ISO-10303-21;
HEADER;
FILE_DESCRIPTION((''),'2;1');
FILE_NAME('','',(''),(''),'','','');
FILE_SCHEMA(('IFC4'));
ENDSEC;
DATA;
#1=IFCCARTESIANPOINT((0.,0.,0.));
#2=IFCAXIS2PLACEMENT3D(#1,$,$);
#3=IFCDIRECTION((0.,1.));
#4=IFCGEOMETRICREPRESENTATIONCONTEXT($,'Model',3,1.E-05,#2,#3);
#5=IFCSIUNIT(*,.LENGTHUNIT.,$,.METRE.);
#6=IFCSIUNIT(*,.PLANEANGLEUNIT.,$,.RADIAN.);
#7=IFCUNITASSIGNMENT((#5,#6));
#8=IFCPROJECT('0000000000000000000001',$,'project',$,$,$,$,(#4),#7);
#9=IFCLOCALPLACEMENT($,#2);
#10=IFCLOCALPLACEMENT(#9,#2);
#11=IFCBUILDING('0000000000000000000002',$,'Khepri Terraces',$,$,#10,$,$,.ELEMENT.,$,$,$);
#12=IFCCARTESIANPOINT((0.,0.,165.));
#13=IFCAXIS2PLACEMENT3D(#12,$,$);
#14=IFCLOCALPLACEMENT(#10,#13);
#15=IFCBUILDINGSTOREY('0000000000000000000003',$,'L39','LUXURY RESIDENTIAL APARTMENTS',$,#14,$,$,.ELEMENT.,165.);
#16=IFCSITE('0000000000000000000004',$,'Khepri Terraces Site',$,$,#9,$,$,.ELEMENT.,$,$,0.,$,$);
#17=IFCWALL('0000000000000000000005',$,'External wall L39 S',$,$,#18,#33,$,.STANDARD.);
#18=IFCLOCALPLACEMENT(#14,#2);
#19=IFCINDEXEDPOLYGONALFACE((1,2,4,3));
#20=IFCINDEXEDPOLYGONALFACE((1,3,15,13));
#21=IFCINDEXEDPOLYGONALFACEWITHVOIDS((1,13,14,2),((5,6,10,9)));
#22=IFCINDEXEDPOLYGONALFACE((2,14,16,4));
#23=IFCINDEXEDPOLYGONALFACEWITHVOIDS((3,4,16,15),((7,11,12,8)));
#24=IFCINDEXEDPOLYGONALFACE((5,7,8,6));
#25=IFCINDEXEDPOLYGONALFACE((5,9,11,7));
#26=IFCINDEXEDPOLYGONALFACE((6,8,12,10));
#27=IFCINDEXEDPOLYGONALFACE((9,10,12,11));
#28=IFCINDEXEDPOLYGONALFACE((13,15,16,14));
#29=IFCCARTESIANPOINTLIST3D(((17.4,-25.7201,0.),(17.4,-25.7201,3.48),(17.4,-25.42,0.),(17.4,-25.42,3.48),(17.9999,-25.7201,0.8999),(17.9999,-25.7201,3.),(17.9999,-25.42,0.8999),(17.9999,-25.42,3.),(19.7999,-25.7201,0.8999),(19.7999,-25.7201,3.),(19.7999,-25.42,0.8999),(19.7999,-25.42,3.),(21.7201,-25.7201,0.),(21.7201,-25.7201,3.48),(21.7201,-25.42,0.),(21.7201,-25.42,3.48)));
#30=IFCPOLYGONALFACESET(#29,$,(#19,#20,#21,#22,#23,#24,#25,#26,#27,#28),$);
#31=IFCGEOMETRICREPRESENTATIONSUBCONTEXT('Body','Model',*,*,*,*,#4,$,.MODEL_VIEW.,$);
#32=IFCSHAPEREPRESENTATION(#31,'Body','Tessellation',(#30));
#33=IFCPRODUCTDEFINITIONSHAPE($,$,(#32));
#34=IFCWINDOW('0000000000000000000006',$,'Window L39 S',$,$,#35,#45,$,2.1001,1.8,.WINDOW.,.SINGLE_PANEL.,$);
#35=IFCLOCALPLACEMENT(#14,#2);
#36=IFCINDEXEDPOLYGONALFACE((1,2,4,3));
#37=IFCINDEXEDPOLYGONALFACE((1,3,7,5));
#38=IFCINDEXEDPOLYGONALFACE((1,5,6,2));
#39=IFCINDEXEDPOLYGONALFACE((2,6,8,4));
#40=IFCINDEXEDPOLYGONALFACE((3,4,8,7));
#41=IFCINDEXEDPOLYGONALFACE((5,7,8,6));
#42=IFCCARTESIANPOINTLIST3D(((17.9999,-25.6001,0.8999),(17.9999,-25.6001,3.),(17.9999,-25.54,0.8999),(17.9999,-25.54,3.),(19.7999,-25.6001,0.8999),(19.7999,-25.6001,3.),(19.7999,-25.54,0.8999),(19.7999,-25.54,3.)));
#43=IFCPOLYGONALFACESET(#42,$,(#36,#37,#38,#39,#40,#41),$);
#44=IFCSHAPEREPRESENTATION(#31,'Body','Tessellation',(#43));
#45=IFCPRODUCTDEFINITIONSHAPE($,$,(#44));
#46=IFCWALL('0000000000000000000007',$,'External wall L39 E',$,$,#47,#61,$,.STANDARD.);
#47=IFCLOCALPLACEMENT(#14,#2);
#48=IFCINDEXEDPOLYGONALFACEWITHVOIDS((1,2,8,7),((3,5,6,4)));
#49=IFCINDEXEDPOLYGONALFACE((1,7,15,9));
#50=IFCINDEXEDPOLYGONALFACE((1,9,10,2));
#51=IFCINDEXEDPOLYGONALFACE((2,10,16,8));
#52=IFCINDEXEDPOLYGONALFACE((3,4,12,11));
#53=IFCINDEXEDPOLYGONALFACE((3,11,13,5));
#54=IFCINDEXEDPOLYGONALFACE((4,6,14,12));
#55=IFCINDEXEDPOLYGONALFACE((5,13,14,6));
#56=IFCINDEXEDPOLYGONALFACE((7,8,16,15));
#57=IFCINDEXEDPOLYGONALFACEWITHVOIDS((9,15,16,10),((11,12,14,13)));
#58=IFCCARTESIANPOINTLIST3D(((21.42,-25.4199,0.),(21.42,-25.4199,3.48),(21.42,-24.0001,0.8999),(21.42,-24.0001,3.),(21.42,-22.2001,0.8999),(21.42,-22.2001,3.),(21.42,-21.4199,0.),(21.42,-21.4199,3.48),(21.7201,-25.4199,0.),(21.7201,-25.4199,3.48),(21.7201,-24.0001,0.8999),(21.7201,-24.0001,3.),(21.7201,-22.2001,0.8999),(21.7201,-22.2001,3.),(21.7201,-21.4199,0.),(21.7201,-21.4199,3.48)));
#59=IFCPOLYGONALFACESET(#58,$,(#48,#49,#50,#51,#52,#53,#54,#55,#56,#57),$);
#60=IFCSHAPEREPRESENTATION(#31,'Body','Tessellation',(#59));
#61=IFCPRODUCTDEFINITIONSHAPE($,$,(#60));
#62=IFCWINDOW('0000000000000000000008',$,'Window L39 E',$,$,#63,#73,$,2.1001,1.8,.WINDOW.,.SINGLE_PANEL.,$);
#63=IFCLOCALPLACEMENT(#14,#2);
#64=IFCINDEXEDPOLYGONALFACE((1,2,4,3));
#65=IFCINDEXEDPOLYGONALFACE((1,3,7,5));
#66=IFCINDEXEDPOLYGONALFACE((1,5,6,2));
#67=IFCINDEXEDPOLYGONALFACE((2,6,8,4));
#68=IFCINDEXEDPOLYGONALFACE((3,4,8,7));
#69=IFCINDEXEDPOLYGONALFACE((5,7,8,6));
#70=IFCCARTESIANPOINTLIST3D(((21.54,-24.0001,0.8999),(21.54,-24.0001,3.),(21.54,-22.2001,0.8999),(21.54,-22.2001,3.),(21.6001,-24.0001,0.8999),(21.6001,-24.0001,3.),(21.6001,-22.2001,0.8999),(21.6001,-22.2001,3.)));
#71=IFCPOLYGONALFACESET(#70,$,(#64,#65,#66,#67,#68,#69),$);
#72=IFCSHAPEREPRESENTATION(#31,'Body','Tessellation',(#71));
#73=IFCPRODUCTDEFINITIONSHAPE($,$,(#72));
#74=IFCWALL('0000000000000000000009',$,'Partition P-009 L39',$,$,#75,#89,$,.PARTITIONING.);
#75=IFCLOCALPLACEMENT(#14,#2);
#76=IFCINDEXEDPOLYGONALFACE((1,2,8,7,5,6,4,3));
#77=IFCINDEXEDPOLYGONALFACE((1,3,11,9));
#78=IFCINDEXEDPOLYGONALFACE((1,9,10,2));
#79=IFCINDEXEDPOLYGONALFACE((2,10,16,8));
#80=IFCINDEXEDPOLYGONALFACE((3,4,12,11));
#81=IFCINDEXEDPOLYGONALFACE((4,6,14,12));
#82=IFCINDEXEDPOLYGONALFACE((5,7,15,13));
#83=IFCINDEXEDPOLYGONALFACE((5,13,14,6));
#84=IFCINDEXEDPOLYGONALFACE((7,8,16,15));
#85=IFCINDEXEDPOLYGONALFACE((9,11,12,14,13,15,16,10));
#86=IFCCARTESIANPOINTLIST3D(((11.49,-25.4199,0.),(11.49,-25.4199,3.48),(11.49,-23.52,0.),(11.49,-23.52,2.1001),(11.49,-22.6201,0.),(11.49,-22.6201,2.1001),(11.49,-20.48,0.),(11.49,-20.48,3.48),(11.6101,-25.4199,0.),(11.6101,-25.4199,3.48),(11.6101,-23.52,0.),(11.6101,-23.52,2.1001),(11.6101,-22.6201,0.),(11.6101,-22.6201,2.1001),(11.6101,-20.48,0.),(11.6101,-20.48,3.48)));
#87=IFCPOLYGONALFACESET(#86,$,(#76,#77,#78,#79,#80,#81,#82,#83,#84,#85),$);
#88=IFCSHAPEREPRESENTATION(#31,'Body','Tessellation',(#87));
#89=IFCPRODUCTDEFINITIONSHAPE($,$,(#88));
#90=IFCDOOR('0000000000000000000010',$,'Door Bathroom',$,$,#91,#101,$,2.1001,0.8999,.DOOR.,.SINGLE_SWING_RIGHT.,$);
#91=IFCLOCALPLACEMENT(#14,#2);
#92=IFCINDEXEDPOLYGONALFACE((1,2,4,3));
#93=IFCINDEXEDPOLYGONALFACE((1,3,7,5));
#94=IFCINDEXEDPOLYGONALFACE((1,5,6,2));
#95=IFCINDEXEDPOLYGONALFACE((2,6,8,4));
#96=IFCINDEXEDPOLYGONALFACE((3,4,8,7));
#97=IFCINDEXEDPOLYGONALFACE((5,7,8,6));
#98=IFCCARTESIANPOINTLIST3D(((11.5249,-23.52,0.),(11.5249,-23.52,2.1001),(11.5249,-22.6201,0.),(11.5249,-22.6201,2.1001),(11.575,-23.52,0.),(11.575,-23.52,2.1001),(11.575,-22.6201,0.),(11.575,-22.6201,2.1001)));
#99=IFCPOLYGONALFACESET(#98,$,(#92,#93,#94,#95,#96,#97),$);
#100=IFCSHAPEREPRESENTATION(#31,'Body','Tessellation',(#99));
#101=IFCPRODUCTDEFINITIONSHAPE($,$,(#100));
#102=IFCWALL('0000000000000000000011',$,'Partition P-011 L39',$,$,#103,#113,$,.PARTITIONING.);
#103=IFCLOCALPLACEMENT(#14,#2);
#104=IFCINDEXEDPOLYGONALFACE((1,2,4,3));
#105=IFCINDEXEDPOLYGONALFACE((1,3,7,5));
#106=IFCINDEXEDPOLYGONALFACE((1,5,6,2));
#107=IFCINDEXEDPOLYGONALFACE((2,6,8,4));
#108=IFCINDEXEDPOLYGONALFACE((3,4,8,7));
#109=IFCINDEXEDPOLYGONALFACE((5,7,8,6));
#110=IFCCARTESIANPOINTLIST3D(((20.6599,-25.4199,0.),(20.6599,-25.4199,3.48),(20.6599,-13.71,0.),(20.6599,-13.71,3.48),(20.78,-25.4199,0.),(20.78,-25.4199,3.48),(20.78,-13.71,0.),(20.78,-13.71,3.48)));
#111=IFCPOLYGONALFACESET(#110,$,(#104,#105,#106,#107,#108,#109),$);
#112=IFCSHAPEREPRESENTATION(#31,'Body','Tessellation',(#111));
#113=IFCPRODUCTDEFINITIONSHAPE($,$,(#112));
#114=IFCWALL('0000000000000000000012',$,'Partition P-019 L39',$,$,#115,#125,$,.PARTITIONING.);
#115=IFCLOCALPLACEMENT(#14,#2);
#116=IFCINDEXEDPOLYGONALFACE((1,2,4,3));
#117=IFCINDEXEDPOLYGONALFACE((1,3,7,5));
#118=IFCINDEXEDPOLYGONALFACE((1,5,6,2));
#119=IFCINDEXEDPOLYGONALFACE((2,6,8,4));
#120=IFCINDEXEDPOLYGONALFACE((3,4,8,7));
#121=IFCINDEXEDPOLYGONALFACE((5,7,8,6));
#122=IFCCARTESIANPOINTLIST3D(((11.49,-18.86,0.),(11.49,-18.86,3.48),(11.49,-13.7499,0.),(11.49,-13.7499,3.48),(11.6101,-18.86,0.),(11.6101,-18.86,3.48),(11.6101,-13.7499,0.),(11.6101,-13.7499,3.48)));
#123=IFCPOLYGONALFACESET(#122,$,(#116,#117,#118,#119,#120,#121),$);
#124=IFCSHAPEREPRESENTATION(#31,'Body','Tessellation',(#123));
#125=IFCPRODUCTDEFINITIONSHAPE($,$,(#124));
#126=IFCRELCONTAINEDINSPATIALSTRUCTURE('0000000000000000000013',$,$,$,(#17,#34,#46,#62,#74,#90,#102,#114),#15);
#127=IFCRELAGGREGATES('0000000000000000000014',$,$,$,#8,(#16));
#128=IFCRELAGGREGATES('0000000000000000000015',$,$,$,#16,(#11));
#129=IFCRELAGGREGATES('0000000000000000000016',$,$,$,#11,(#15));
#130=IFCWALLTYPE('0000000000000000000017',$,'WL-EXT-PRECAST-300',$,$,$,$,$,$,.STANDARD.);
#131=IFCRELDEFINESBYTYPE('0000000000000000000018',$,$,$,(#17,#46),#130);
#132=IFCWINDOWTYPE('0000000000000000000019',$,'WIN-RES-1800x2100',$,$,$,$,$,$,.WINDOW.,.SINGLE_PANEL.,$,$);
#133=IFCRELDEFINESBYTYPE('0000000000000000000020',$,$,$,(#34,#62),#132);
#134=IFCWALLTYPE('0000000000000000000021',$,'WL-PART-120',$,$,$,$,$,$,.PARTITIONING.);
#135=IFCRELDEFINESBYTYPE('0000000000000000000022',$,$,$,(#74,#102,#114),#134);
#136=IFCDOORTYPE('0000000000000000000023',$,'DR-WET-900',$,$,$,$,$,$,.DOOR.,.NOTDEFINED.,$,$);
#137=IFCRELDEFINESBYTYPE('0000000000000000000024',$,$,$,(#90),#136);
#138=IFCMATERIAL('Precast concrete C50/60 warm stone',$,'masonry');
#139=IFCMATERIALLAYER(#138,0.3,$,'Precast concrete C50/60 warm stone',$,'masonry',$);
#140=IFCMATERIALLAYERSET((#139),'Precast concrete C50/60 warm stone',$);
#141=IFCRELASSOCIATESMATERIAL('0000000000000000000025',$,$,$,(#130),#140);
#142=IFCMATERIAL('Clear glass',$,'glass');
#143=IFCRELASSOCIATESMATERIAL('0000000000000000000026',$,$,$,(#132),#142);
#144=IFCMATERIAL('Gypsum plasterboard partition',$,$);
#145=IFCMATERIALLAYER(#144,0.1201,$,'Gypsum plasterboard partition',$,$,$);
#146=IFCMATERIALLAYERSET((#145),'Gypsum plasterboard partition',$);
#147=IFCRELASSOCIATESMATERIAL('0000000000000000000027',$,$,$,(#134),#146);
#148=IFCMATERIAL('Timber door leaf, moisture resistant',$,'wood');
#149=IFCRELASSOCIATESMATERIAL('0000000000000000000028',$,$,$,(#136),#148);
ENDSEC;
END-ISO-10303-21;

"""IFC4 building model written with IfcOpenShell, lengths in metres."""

from ifc_helpers import new_model, si_unit, direction, frame, frame_2d, origin, place, context, subcontext, project, spatial, rectangle, extrude, material, layer, layer_set, type_object, element, fill, save


model = new_model("IFC4")

# Units and contexts
model_context = context("Model", 3, precision=1e-05, world=origin(), true_north=direction((0.0, 1.0)))
body_context = subcontext(model_context, "Body", "Model", "MODEL_VIEW")
ifc_project = project(units=[si_unit("LENGTHUNIT", "METRE"), si_unit("PLANEANGLEUNIT", "RADIAN")], contexts=[model_context])

# Site, building, storey
site_placement = place(None, origin())
site = spatial("IfcSite", under=ifc_project, at=site_placement, Name="Khepri Terraces Site", CompositionType="ELEMENT", RefElevation=0.0)
building_placement = place(site_placement, origin())
building = spatial("IfcBuilding", under=site, at=building_placement, Name="Khepri Terraces", CompositionType="ELEMENT")
storey_placement = place(building_placement, frame((0.0, 0.0, 165.0)))
storey = spatial("IfcBuildingStorey", under=building, at=storey_placement, Name="L39", Description="LUXURY RESIDENTIAL APARTMENTS", CompositionType="ELEMENT", Elevation=165.0)

# Shared definitions
ifc_material_1 = material(Name="Precast concrete C50/60 warm stone", Category="masonry")
ifc_layer_1 = layer(ifc_material_1, 0.3, Name="Precast concrete C50/60 warm stone", Category="masonry")
ifc_layer_set_1 = layer_set([ifc_layer_1], Name="Precast concrete C50/60 warm stone")
wall_type_1 = type_object("IfcWallType", Name="WL-EXT-PRECAST-300", PredefinedType="STANDARD", material=ifc_layer_set_1)
ifc_material_2 = material(Name="Clear glass", Category="glass")
window_type = type_object("IfcWindowType", Name="WIN-RES-1800x2100", PartitioningType="SINGLE_PANEL", PredefinedType="WINDOW", material=ifc_material_2)

# Walls, openings, windows
wall_1_placement = place(storey_placement, frame((17.3999, -25.5701, 0.0), z_axis=(0.0, 0.0, 1.0), x_axis=(1.0, 0.0, 0.0)))
wall_1 = element("IfcWall", 1, at=wall_1_placement, inside=storey, type_object=wall_type_1, Name="External wall L39 S", PredefinedType="STANDARD", context=body_context, shape_type="SweptSolid", body=[
    extrude(rectangle(XDim=4.3201, YDim=0.3, at=frame_2d((2.1602, 0.0))), origin(), (0.0, 0.0, 1.0), 3.48),
])
opening_1_placement = place(wall_1_placement, frame((0.6001, 0.0, 0.8999)))
opening_1 = element("IfcOpeningElement", 2, at=opening_1_placement, cuts=wall_1, PredefinedType="OPENING", context=body_context, shape_type="SweptSolid", body=[
    extrude(rectangle(XDim=1.8, YDim=2.1001, at=frame_2d((0.8999, 1.05))), frame((0.0, 0.1602, 0.0), z_axis=(0.0, -1.0, 0.0), x_axis=(1.0, 0.0, 0.0)), (0.0, 0.0, 1.0), 0.3201),
])
window_1_placement = place(opening_1_placement, origin())
window_1 = element("IfcWindow", 3, at=window_1_placement, inside=storey, type_object=window_type, Name="Window L39 S", OverallHeight=2.1001, OverallWidth=1.8, PartitioningType="SINGLE_PANEL", PredefinedType="WINDOW", context=body_context, shape_type="SweptSolid", body=[
    extrude(rectangle(XDim=1.8, YDim=2.1001, at=frame_2d((0.8999, 1.05))), frame((0.0, 0.03, 0.0), z_axis=(0.0, -1.0, 0.0), x_axis=(1.0, 0.0, 0.0)), (0.0, 0.0, 1.0), 0.0601),
])
fill(opening_1, window_1)
wall_2_placement = place(storey_placement, frame((21.5701, -25.4199, 0.0), z_axis=(0.0, 0.0, 1.0), x_axis=(0.0, 1.0, 0.0)))
wall_2 = element("IfcWall", 4, at=wall_2_placement, inside=storey, type_object=wall_type_1, Name="External wall L39 E", PredefinedType="STANDARD", context=body_context, shape_type="SweptSolid", body=[
    extrude(rectangle(XDim=4.0, YDim=0.3, at=frame_2d((2.0, 0.0))), origin(), (0.0, 0.0, 1.0), 3.48),
])
opening_2_placement = place(wall_2_placement, frame((1.4199, 0.0, 0.8999)))
opening_2 = element("IfcOpeningElement", 5, at=opening_2_placement, cuts=wall_2, PredefinedType="OPENING", context=body_context, shape_type="SweptSolid", body=[
    extrude(rectangle(XDim=1.8, YDim=2.1001, at=frame_2d((0.8999, 1.05))), frame((0.0, 0.1602, 0.0), z_axis=(0.0, -1.0, 0.0), x_axis=(1.0, 0.0, 0.0)), (0.0, 0.0, 1.0), 0.3201),
])
window_2_placement = place(opening_2_placement, origin())
window_2 = element("IfcWindow", 6, at=window_2_placement, inside=storey, type_object=window_type, Name="Window L39 E", OverallHeight=2.1001, OverallWidth=1.8, PartitioningType="SINGLE_PANEL", PredefinedType="WINDOW", context=body_context, shape_type="SweptSolid", body=[
    extrude(rectangle(XDim=1.8, YDim=2.1001, at=frame_2d((0.8999, 1.05))), frame((0.0, 0.03, 0.0), z_axis=(0.0, -1.0, 0.0), x_axis=(1.0, 0.0, 0.0)), (0.0, 0.0, 1.0), 0.0601),
])
fill(opening_2, window_2)

# Wall, opening, door
ifc_material_3 = material(Name="Gypsum plasterboard partition")
ifc_layer_2 = layer(ifc_material_3, 0.1201, Name="Gypsum plasterboard partition")
ifc_layer_set_2 = layer_set([ifc_layer_2], Name="Gypsum plasterboard partition")
wall_type_2 = type_object("IfcWallType", Name="WL-PART-120", PredefinedType="PARTITIONING", material=ifc_layer_set_2)
wall_3_placement = place(storey_placement, frame((11.55, -25.4199, 0.0), z_axis=(0.0, 0.0, 1.0), x_axis=(0.0, 1.0, 0.0)))
wall_3 = element("IfcWall", 7, at=wall_3_placement, inside=storey, type_object=wall_type_2, Name="Partition P-009 L39", PredefinedType="PARTITIONING", context=body_context, shape_type="SweptSolid", body=[
    extrude(rectangle(XDim=4.9399, YDim=0.1201, at=frame_2d((2.47, 0.0))), origin(), (0.0, 0.0, 1.0), 3.48),
])
opening_3_placement = place(wall_3_placement, frame((1.8999, 0.0, 0.0)))
opening_3 = element("IfcOpeningElement", 8, at=opening_3_placement, cuts=wall_3, PredefinedType="OPENING", context=body_context, shape_type="SweptSolid", body=[
    extrude(rectangle(XDim=0.8999, YDim=2.1001, at=frame_2d((0.45, 1.05))), frame((0.0, 0.0701, 0.0), z_axis=(0.0, -1.0, 0.0), x_axis=(1.0, 0.0, 0.0)), (0.0, 0.0, 1.0), 0.1401),
])
ifc_material_4 = material(Name="Timber door leaf, moisture resistant", Category="wood")
door_type_1 = type_object("IfcDoorType", Name="DR-WET-900", OperationType="NOTDEFINED", PredefinedType="DOOR", material=ifc_material_4)
door_1_placement = place(opening_3_placement, frame((0.8999, 0.0, 0.0), z_axis=(0.0, 0.0, 1.0), x_axis=(-1.0, 0.0, 0.0)))
door_1 = element("IfcDoor", 9, at=door_1_placement, inside=storey, type_object=door_type_1, Name="Door Bathroom", OperationType="SINGLE_SWING_RIGHT", OverallHeight=2.1001, OverallWidth=0.8999, PredefinedType="DOOR", context=body_context, shape_type="SweptSolid", body=[
    extrude(rectangle(XDim=0.8999, YDim=2.1001, at=frame_2d((0.45, 1.05))), frame((0.0, 0.0249, 0.0), z_axis=(0.0, -1.0, 0.0), x_axis=(1.0, 0.0, 0.0)), (0.0, 0.0, 1.0), 0.05),
])
fill(opening_3, door_1)

# Walls
wall_4_placement = place(storey_placement, frame((20.72, -25.4199, 0.0), z_axis=(0.0, 0.0, 1.0), x_axis=(0.0, 1.0, 0.0)))
element("IfcWall", 10, at=wall_4_placement, inside=storey, type_object=wall_type_2, Name="Partition P-011 L39", PredefinedType="PARTITIONING", context=body_context, shape_type="SweptSolid", body=[
    extrude(rectangle(XDim=11.71, YDim=0.1201, at=frame_2d((5.855, 0.0))), origin(), (0.0, 0.0, 1.0), 3.48),
])
wall_5_placement = place(storey_placement, frame((11.55, -18.8601, 0.0), z_axis=(0.0, 0.0, 1.0), x_axis=(0.0, 1.0, 0.0)))
element("IfcWall", 11, at=wall_5_placement, inside=storey, type_object=wall_type_2, Name="Partition P-019 L39", PredefinedType="PARTITIONING", context=body_context, shape_type="SweptSolid", body=[
    extrude(rectangle(XDim=5.1101, YDim=0.1201, at=frame_2d((2.5552, 0.0))), origin(), (0.0, 0.0, 1.0), 3.48),
])

save(model, "model.ifc")
